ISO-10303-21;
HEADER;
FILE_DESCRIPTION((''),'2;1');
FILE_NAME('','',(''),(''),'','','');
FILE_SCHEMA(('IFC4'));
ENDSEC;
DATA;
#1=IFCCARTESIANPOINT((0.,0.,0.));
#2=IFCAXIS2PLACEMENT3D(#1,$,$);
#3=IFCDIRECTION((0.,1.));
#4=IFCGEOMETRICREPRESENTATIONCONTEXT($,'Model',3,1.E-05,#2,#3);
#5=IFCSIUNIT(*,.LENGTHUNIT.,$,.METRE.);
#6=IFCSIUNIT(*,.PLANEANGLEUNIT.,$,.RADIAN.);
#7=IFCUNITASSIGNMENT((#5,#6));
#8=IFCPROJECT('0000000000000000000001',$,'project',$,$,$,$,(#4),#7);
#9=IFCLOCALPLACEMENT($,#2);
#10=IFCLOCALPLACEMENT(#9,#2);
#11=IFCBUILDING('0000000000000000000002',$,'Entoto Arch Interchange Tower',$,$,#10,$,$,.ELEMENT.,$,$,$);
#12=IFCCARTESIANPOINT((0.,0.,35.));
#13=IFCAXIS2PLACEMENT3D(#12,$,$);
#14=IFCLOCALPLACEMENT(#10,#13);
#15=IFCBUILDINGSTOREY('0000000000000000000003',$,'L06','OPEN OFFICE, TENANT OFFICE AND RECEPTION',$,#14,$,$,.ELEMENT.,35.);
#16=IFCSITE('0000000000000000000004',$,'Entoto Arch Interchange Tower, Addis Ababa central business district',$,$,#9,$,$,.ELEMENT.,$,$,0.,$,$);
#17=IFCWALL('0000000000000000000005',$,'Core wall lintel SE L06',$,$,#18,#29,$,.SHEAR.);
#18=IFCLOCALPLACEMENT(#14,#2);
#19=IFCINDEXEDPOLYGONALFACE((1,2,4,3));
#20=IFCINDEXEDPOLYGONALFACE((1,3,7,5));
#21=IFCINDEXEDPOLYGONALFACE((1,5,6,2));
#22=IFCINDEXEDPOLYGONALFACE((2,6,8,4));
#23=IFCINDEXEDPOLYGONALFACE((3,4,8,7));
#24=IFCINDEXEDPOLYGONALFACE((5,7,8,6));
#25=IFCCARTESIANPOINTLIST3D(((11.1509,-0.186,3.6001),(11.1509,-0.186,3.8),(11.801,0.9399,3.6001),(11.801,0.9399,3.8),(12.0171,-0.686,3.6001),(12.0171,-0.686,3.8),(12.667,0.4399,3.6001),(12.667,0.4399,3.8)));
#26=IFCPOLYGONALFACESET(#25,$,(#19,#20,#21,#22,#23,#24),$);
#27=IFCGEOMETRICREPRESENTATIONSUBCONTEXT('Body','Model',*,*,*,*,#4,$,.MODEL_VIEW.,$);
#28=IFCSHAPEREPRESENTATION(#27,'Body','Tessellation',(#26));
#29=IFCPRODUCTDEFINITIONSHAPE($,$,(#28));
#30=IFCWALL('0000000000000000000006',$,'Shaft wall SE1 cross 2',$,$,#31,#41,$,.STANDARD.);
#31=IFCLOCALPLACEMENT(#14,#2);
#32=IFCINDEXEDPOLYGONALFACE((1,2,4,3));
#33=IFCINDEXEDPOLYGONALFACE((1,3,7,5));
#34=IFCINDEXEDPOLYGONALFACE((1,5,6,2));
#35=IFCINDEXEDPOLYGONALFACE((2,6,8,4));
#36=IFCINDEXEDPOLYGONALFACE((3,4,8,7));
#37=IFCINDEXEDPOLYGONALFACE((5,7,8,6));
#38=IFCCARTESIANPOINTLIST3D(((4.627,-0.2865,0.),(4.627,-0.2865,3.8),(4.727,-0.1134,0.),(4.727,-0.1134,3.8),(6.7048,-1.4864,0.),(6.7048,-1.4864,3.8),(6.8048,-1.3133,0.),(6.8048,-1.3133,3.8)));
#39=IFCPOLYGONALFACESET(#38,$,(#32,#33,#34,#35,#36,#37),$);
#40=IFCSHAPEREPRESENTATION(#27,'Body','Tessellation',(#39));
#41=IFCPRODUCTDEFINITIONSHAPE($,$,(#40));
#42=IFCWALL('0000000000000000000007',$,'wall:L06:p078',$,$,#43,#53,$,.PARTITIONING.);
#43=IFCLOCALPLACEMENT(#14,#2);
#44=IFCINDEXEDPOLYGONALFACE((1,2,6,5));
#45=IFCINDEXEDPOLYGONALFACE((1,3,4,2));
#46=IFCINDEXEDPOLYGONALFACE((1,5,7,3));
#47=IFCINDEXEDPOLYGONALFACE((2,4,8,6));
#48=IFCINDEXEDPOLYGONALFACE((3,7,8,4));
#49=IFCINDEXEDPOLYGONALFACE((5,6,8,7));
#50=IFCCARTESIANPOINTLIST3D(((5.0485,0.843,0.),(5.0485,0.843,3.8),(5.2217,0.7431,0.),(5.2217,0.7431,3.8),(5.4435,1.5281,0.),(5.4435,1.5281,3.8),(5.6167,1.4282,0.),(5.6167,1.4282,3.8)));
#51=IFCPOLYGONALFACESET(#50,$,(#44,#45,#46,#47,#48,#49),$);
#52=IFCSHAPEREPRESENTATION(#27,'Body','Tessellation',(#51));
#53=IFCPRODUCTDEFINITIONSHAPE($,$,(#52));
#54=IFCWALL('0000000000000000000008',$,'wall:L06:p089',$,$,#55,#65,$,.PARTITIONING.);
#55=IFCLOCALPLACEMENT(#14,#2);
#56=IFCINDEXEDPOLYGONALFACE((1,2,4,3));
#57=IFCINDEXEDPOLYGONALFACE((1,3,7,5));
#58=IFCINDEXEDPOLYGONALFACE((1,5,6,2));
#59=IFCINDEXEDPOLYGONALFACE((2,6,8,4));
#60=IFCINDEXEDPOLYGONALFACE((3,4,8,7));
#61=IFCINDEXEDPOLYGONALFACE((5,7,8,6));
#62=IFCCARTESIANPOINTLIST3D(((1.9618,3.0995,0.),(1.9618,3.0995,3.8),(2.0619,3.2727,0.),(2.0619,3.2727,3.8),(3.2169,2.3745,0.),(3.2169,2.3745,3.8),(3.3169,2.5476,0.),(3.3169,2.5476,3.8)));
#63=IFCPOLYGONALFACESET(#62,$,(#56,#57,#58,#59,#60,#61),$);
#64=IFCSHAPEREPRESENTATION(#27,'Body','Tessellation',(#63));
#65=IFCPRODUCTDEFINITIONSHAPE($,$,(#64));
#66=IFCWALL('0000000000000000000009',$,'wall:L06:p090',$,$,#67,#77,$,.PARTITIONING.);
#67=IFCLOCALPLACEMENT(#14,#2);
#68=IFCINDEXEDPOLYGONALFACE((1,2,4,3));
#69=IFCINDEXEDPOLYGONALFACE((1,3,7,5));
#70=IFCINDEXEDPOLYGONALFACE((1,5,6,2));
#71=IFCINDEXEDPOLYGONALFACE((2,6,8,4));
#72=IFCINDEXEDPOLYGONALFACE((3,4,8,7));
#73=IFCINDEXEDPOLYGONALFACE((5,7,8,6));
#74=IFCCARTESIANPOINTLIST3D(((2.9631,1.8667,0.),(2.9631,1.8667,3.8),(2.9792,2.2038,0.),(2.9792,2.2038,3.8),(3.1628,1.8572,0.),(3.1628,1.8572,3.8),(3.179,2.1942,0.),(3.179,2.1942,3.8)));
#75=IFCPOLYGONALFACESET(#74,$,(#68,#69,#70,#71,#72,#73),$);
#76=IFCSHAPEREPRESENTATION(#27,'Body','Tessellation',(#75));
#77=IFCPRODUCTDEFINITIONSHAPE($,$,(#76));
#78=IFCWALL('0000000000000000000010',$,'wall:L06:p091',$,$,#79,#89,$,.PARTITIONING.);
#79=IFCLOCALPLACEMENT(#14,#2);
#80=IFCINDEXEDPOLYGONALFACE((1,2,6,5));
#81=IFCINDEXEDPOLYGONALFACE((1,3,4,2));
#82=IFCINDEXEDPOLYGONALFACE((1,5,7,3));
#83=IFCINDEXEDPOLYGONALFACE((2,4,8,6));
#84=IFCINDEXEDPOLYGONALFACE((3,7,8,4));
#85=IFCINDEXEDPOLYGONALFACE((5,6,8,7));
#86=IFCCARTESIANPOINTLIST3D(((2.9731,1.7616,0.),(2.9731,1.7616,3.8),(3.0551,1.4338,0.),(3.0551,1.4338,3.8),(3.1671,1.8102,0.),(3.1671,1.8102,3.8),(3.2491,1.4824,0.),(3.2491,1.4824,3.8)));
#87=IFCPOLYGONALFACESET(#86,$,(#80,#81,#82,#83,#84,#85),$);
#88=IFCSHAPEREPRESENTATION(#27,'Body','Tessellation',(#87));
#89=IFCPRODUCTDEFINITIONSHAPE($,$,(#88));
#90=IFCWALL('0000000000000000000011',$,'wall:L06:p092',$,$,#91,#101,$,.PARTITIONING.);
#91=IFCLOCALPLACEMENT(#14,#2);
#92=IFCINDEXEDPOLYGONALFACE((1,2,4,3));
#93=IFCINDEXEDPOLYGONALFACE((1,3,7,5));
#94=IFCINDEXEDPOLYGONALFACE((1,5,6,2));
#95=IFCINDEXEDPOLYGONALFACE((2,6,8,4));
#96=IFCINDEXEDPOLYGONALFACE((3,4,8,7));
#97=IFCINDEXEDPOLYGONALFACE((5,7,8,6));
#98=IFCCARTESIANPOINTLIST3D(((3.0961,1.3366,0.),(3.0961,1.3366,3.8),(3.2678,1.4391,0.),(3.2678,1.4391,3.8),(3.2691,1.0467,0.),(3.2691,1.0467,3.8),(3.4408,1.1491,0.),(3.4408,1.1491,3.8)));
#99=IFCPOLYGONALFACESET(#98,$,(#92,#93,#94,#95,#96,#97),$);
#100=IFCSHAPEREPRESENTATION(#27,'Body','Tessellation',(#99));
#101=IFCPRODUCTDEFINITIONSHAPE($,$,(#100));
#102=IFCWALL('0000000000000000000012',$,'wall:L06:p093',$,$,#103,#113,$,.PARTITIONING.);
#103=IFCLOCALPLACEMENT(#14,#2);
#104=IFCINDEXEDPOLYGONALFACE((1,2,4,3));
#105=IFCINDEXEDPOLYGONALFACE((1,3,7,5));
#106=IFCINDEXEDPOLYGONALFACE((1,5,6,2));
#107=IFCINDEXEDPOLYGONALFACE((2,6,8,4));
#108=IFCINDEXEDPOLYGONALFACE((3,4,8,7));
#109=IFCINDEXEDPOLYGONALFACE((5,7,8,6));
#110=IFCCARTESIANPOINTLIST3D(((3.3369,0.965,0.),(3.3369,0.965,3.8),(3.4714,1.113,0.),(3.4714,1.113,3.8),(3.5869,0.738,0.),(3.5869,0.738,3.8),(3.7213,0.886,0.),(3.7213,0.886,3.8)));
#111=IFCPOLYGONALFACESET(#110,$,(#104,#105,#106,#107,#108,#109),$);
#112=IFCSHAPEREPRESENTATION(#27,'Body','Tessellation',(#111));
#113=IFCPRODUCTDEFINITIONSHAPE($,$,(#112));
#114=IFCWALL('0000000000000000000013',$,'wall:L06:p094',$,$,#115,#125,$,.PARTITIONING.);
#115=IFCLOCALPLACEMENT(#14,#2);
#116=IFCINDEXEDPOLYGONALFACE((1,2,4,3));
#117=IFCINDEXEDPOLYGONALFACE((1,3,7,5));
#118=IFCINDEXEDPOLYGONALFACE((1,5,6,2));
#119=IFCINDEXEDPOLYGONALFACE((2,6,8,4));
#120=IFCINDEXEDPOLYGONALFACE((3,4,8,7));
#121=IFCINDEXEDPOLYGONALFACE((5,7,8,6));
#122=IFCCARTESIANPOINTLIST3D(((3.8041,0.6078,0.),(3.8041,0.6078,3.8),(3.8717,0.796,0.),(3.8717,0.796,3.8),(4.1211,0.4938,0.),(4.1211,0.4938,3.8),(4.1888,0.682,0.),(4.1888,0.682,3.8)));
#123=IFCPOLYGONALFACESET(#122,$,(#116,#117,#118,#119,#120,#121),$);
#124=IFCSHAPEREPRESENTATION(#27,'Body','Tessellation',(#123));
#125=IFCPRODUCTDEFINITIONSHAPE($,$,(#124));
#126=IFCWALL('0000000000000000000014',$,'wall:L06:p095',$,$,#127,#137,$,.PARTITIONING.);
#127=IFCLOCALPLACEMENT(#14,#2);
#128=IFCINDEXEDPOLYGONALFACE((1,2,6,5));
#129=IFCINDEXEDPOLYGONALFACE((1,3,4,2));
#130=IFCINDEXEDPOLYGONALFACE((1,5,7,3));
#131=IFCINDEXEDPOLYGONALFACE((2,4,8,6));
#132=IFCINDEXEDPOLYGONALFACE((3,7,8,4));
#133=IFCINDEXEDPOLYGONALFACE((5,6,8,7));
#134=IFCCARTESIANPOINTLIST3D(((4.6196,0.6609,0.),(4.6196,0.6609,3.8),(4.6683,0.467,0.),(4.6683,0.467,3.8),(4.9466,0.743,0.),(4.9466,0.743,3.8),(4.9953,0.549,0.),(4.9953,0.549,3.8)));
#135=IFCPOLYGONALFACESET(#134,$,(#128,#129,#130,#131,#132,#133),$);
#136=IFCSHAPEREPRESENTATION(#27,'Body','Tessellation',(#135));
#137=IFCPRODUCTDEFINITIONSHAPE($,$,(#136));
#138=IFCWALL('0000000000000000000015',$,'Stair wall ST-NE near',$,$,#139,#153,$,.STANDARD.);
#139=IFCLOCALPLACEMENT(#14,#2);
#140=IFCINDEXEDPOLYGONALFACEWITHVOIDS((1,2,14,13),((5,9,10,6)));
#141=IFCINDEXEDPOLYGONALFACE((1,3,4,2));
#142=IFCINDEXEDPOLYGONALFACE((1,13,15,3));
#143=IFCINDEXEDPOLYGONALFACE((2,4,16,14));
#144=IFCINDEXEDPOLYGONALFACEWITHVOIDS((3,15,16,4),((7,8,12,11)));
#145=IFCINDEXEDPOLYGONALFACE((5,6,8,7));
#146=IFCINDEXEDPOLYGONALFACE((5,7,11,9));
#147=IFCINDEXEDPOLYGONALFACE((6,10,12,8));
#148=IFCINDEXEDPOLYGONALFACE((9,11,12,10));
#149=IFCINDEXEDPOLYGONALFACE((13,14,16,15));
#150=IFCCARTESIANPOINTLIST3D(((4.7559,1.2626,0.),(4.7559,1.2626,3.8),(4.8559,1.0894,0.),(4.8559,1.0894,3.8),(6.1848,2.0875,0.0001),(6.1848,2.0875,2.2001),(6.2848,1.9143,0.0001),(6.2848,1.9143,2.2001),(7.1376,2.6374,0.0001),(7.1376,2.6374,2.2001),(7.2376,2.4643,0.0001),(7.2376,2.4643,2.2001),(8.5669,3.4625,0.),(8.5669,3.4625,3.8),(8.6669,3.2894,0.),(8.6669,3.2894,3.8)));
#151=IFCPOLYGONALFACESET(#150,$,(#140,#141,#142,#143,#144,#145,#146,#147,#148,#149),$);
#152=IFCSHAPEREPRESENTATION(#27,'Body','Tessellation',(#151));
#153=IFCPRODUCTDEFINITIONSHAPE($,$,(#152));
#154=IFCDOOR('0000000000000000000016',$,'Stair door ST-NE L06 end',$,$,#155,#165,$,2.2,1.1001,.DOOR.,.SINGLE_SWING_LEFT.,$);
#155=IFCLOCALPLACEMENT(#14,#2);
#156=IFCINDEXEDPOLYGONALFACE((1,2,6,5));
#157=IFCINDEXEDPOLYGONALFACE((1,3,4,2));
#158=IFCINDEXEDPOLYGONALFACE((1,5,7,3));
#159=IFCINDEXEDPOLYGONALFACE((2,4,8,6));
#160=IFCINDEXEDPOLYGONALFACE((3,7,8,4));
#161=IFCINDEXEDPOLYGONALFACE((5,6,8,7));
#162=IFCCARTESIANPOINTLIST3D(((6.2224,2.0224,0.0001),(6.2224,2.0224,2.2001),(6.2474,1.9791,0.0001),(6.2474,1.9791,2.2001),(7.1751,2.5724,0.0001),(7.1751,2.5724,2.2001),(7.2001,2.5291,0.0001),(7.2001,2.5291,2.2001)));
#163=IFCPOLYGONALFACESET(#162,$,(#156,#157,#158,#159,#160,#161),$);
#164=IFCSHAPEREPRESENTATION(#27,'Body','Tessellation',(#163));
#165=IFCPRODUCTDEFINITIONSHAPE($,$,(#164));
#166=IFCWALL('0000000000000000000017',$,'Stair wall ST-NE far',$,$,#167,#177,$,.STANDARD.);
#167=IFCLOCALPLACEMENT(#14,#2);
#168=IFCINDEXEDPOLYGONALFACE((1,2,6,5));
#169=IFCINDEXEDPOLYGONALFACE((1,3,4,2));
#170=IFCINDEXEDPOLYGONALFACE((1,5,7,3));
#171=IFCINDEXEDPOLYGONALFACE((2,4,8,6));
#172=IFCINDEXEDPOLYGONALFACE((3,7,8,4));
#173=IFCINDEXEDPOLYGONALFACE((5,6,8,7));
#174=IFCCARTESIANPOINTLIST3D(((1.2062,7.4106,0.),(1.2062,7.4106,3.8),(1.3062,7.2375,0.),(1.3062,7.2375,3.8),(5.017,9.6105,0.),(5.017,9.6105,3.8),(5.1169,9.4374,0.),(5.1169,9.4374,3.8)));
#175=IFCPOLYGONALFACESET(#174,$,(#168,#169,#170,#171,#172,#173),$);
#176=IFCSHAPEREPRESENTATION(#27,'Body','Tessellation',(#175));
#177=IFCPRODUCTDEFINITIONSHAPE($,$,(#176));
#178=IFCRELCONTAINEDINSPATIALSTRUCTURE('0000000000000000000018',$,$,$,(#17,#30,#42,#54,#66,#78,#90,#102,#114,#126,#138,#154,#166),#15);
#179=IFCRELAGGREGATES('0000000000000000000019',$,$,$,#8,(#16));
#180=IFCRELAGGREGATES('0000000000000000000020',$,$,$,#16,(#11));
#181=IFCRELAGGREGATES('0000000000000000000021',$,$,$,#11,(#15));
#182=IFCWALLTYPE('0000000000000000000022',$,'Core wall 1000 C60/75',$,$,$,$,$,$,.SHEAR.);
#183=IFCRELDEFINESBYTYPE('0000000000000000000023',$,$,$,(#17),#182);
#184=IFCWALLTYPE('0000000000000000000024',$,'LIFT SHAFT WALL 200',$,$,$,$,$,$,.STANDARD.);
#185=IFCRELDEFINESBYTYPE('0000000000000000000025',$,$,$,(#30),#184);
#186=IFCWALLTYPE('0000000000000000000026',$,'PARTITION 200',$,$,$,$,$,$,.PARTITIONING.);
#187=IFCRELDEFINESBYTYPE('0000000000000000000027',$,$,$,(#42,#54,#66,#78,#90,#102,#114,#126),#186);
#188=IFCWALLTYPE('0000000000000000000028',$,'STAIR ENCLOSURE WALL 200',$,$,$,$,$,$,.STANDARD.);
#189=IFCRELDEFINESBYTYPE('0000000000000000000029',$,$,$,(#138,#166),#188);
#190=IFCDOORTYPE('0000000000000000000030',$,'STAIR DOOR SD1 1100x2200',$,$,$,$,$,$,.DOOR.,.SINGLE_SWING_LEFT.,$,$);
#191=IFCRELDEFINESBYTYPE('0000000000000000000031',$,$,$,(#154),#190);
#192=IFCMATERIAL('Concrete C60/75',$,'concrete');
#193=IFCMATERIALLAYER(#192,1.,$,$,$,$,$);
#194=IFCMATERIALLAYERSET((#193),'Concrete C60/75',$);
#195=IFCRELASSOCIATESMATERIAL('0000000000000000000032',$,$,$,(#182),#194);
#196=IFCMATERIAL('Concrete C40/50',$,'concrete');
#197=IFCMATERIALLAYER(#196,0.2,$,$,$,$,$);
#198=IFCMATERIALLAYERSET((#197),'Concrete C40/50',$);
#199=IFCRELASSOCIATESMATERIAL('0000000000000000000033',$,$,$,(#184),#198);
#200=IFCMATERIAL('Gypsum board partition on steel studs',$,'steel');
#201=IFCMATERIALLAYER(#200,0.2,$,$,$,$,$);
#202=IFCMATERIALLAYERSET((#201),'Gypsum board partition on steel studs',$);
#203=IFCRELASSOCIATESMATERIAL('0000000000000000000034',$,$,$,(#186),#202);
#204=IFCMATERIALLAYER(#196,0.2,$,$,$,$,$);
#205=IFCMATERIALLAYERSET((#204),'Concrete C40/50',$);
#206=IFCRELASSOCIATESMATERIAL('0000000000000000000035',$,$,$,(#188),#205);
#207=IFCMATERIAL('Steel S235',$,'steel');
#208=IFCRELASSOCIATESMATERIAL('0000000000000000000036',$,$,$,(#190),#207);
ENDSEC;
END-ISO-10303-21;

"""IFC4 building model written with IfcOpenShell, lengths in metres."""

from ifc_helpers import new_model, si_unit, direction, frame, frame_2d, origin, place, context, subcontext, project, spatial, polyline, rectangle, outline, extrude, material, layer, layer_set, type_object, element, fill, save


model = new_model("IFC4")

# Units and contexts
model_context = context("Model", 3, precision=1e-05, world=origin(), true_north=direction((0.0, 1.0)))
body_context = subcontext(model_context, "Body", "Model", "MODEL_VIEW")
ifc_project = project(units=[si_unit("LENGTHUNIT", "METRE"), si_unit("PLANEANGLEUNIT", "RADIAN")], contexts=[model_context])

# Site, building, storey
site_placement = place(None, origin())
site = spatial("IfcSite", under=ifc_project, at=site_placement, Name="Entoto Arch Interchange Tower, Addis Ababa central business district", CompositionType="ELEMENT", RefElevation=0.0)
building_placement = place(site_placement, origin())
building = spatial("IfcBuilding", under=site, at=building_placement, Name="Entoto Arch Interchange Tower", CompositionType="ELEMENT")
storey_placement = place(building_placement, frame((0.0, 0.0, 35.0)))
storey = spatial("IfcBuildingStorey", under=building, at=storey_placement, Name="L06", Description="OPEN OFFICE, TENANT OFFICE AND RECEPTION", CompositionType="ELEMENT", Elevation=35.0)

# Shared definitions
ifc_material_1 = material(Name="Concrete C40/50", Category="concrete")

# Walls
ifc_material_2 = material(Name="Concrete C60/75", Category="concrete")
ifc_layer_1 = layer(ifc_material_2, 1.0)
ifc_layer_set_1 = layer_set([ifc_layer_1], Name="Concrete C60/75")
wall_type_1 = type_object("IfcWallType", Name="Core wall 1000 C60/75", PredefinedType="SHEAR", material=ifc_layer_set_1)
wall_1_placement = place(storey_placement, frame((0.0, 0.0, 3.6001)))
element("IfcWall", 1, at=wall_1_placement, inside=storey, type_object=wall_type_1, Name="Core wall lintel SE L06", PredefinedType="SHEAR", context=body_context, shape_type="SweptSolid", body=[
    extrude(outline(polyline([(12.667, 0.4399), (11.801, 0.9399), (11.1509, -0.186), (12.0171, -0.686), (12.667, 0.4399)])), origin(), (0.0, 0.0, 1.0), 0.2),
])
ifc_layer_2 = layer(ifc_material_1, 0.2)
ifc_layer_set_2 = layer_set([ifc_layer_2], Name="Concrete C40/50")
wall_type_2 = type_object("IfcWallType", Name="LIFT SHAFT WALL 200", PredefinedType="STANDARD", material=ifc_layer_set_2)
wall_2_placement = place(storey_placement, frame((4.677, -0.2, 0.0), z_axis=(0.0, 0.0, 1.0), x_axis=(0.865974, -0.500089, 0.0)))
element("IfcWall", 2, at=wall_2_placement, inside=storey, type_object=wall_type_2, Name="Shaft wall SE1 cross 2", PredefinedType="STANDARD", context=body_context, shape_type="SweptSolid", body=[
    extrude(rectangle(XDim=2.3994, YDim=0.2, at=frame_2d((1.1997, 0.0))), origin(), (0.0, 0.0, 1.0), 3.8),
])
ifc_material_3 = material(Name="Gypsum board partition on steel studs", Category="steel")
ifc_layer_3 = layer(ifc_material_3, 0.2)
ifc_layer_set_3 = layer_set([ifc_layer_3], Name="Gypsum board partition on steel studs")
wall_type_3 = type_object("IfcWallType", Name="PARTITION 200", PredefinedType="PARTITIONING", material=ifc_layer_set_3)
wall_3_placement = place(storey_placement, frame((5.135, 0.793, 0.0), z_axis=(0.0, 0.0, 1.0), x_axis=(0.499526, 0.866299, 0.0)))
element("IfcWall", 3, at=wall_3_placement, inside=storey, type_object=wall_type_3, Name="wall:L06:p078", PredefinedType="PARTITIONING", context=body_context, shape_type="SweptSolid", body=[
    extrude(rectangle(XDim=0.7908, YDim=0.2, at=frame_2d((0.3955, 0.0))), origin(), (0.0, 0.0, 1.0), 3.8),
])
wall_4_placement = place(storey_placement, frame((2.012, 3.186, 0.0), z_axis=(0.0, 0.0, 1.0), x_axis=(0.865891, -0.500233, 0.0)))
element("IfcWall", 4, at=wall_4_placement, inside=storey, type_object=wall_type_3, Name="wall:L06:p089", PredefinedType="PARTITIONING", context=body_context, shape_type="SweptSolid", body=[
    extrude(rectangle(XDim=1.4495, YDim=0.2, at=frame_2d((0.7246, 0.0))), origin(), (0.0, 0.0, 1.0), 3.8),
])
wall_5_placement = place(storey_placement, frame((3.0791, 2.199, 0.0), z_axis=(0.0, 0.0, 1.0), x_axis=(-0.047771, -0.998858, 0.0)))
element("IfcWall", 5, at=wall_5_placement, inside=storey, type_object=wall_type_3, Name="wall:L06:p090", PredefinedType="PARTITIONING", context=body_context, shape_type="SweptSolid", body=[
    extrude(rectangle(XDim=0.3374, YDim=0.2, at=frame_2d((0.1687, 0.0))), origin(), (0.0, 0.0, 1.0), 3.8),
])
wall_6_placement = place(storey_placement, frame((3.0701, 1.7859, 0.0), z_axis=(0.0, 0.0, 1.0), x_axis=(0.242706, -0.9701, 0.0)))
element("IfcWall", 6, at=wall_6_placement, inside=storey, type_object=wall_type_3, Name="wall:L06:p091", PredefinedType="PARTITIONING", context=body_context, shape_type="SweptSolid", body=[
    extrude(rectangle(XDim=0.3379, YDim=0.2, at=frame_2d((0.1689, 0.0))), origin(), (0.0, 0.0, 1.0), 3.8),
])
for number, where, z_axis, x_axis, name in (
    (7, (3.1819, 1.3879, 0.0), (0.0, 0.0, 1.0), (0.512475, -0.858702, 0.0), "wall:L06:p092"),
    (8, (3.4041, 1.0391, 0.0), (0.0, 0.0, 1.0), (0.740267, -0.672313, 0.0), "wall:L06:p093"),
):
    element("IfcWall", number, at=place(storey_placement, frame(where, z_axis=z_axis, x_axis=x_axis)), inside=storey, type_object=wall_type_3, Name=name, PredefinedType="PARTITIONING", context=body_context, shape_type="SweptSolid", body=[
        extrude(rectangle(XDim=0.3376, YDim=0.2, at=frame_2d((0.1689, 0.0))), origin(), (0.0, 0.0, 1.0), 3.8),
    ])
wall_7_placement = place(storey_placement, frame((3.8379, 0.7019, 0.0), z_axis=(0.0, 0.0, 1.0), x_axis=(0.941035, -0.338309, 0.0)))
element("IfcWall", 9, at=wall_7_placement, inside=storey, type_object=wall_type_3, Name="wall:L06:p094", PredefinedType="PARTITIONING", context=body_context, shape_type="SweptSolid", body=[
    extrude(rectangle(XDim=0.3369, YDim=0.2, at=frame_2d((0.1685, 0.0))), origin(), (0.0, 0.0, 1.0), 3.8),
])
wall_8_placement = place(storey_placement, frame((4.644, 0.564, 0.0), z_axis=(0.0, 0.0, 1.0), x_axis=(0.969929, 0.243388, 0.0)))
element("IfcWall", 10, at=wall_8_placement, inside=storey, type_object=wall_type_3, Name="wall:L06:p095", PredefinedType="PARTITIONING", context=body_context, shape_type="SweptSolid", body=[
    extrude(rectangle(XDim=0.3372, YDim=0.2, at=frame_2d((0.1685, 0.0))), origin(), (0.0, 0.0, 1.0), 3.8),
])

# Wall, opening, door
ifc_layer_4 = layer(ifc_material_1, 0.2)
ifc_layer_set_4 = layer_set([ifc_layer_4], Name="Concrete C40/50")
wall_type_4 = type_object("IfcWallType", Name="STAIR ENCLOSURE WALL 200", PredefinedType="STANDARD", material=ifc_layer_set_4)
wall_9_placement = place(storey_placement, frame((4.8059, 1.176, 0.0), z_axis=(0.0, 0.0, 1.0), x_axis=(0.86606, 0.49994, 0.0)))
wall_9 = element("IfcWall", 11, at=wall_9_placement, inside=storey, type_object=wall_type_4, Name="Stair wall ST-NE near", PredefinedType="STANDARD", context=body_context, shape_type="SweptSolid", body=[
    extrude(rectangle(XDim=4.4004, YDim=0.2, at=frame_2d((2.2002, 0.0))), origin(), (0.0, 0.0, 1.0), 3.8),
])
opening_1_placement = place(wall_9_placement, frame((1.6499, 0.0, 0.0)))
opening_1 = element("IfcOpeningElement", 12, at=opening_1_placement, cuts=wall_9, PredefinedType="OPENING", context=body_context, shape_type="SweptSolid", body=[
    extrude(rectangle(XDim=1.1001, YDim=2.2, at=frame_2d((0.55, 1.1001))), frame((0.0, 0.1099, 0.0), z_axis=(0.0, -1.0, 0.0), x_axis=(1.0, 0.0, 0.0)), (0.0, 0.0, 1.0), 0.22),
])
ifc_material_4 = material(Name="Steel S235", Category="steel")
door_type = type_object("IfcDoorType", Name="STAIR DOOR SD1 1100x2200", OperationType="SINGLE_SWING_LEFT", PredefinedType="DOOR", material=ifc_material_4)
door_1_placement = place(opening_1_placement, origin())
door_1 = element("IfcDoor", 13, at=door_1_placement, inside=storey, type_object=door_type, Name="Stair door ST-NE L06 end", OperationType="SINGLE_SWING_LEFT", OverallHeight=2.2, OverallWidth=1.1001, PredefinedType="DOOR", context=body_context, shape_type="SweptSolid", body=[
    extrude(rectangle(XDim=1.1001, YDim=2.2, at=frame_2d((0.55, 1.1001))), frame((0.0, 0.0249, 0.0), z_axis=(0.0, -1.0, 0.0), x_axis=(1.0, 0.0, 0.0)), (0.0, 0.0, 1.0), 0.05),
])
fill(opening_1, door_1)

# Wall
wall_10_placement = place(storey_placement, frame((1.2561, 7.324, 0.0), z_axis=(0.0, 0.0, 1.0), x_axis=(0.866046, 0.499964, 0.0)))
element("IfcWall", 14, at=wall_10_placement, inside=storey, type_object=wall_type_4, Name="Stair wall ST-NE far", PredefinedType="STANDARD", context=body_context, shape_type="SweptSolid", body=[
    extrude(rectangle(XDim=4.4001, YDim=0.2, at=frame_2d((2.2002, 0.0))), origin(), (0.0, 0.0, 1.0), 3.8),
])

save(model, "model.ifc")
